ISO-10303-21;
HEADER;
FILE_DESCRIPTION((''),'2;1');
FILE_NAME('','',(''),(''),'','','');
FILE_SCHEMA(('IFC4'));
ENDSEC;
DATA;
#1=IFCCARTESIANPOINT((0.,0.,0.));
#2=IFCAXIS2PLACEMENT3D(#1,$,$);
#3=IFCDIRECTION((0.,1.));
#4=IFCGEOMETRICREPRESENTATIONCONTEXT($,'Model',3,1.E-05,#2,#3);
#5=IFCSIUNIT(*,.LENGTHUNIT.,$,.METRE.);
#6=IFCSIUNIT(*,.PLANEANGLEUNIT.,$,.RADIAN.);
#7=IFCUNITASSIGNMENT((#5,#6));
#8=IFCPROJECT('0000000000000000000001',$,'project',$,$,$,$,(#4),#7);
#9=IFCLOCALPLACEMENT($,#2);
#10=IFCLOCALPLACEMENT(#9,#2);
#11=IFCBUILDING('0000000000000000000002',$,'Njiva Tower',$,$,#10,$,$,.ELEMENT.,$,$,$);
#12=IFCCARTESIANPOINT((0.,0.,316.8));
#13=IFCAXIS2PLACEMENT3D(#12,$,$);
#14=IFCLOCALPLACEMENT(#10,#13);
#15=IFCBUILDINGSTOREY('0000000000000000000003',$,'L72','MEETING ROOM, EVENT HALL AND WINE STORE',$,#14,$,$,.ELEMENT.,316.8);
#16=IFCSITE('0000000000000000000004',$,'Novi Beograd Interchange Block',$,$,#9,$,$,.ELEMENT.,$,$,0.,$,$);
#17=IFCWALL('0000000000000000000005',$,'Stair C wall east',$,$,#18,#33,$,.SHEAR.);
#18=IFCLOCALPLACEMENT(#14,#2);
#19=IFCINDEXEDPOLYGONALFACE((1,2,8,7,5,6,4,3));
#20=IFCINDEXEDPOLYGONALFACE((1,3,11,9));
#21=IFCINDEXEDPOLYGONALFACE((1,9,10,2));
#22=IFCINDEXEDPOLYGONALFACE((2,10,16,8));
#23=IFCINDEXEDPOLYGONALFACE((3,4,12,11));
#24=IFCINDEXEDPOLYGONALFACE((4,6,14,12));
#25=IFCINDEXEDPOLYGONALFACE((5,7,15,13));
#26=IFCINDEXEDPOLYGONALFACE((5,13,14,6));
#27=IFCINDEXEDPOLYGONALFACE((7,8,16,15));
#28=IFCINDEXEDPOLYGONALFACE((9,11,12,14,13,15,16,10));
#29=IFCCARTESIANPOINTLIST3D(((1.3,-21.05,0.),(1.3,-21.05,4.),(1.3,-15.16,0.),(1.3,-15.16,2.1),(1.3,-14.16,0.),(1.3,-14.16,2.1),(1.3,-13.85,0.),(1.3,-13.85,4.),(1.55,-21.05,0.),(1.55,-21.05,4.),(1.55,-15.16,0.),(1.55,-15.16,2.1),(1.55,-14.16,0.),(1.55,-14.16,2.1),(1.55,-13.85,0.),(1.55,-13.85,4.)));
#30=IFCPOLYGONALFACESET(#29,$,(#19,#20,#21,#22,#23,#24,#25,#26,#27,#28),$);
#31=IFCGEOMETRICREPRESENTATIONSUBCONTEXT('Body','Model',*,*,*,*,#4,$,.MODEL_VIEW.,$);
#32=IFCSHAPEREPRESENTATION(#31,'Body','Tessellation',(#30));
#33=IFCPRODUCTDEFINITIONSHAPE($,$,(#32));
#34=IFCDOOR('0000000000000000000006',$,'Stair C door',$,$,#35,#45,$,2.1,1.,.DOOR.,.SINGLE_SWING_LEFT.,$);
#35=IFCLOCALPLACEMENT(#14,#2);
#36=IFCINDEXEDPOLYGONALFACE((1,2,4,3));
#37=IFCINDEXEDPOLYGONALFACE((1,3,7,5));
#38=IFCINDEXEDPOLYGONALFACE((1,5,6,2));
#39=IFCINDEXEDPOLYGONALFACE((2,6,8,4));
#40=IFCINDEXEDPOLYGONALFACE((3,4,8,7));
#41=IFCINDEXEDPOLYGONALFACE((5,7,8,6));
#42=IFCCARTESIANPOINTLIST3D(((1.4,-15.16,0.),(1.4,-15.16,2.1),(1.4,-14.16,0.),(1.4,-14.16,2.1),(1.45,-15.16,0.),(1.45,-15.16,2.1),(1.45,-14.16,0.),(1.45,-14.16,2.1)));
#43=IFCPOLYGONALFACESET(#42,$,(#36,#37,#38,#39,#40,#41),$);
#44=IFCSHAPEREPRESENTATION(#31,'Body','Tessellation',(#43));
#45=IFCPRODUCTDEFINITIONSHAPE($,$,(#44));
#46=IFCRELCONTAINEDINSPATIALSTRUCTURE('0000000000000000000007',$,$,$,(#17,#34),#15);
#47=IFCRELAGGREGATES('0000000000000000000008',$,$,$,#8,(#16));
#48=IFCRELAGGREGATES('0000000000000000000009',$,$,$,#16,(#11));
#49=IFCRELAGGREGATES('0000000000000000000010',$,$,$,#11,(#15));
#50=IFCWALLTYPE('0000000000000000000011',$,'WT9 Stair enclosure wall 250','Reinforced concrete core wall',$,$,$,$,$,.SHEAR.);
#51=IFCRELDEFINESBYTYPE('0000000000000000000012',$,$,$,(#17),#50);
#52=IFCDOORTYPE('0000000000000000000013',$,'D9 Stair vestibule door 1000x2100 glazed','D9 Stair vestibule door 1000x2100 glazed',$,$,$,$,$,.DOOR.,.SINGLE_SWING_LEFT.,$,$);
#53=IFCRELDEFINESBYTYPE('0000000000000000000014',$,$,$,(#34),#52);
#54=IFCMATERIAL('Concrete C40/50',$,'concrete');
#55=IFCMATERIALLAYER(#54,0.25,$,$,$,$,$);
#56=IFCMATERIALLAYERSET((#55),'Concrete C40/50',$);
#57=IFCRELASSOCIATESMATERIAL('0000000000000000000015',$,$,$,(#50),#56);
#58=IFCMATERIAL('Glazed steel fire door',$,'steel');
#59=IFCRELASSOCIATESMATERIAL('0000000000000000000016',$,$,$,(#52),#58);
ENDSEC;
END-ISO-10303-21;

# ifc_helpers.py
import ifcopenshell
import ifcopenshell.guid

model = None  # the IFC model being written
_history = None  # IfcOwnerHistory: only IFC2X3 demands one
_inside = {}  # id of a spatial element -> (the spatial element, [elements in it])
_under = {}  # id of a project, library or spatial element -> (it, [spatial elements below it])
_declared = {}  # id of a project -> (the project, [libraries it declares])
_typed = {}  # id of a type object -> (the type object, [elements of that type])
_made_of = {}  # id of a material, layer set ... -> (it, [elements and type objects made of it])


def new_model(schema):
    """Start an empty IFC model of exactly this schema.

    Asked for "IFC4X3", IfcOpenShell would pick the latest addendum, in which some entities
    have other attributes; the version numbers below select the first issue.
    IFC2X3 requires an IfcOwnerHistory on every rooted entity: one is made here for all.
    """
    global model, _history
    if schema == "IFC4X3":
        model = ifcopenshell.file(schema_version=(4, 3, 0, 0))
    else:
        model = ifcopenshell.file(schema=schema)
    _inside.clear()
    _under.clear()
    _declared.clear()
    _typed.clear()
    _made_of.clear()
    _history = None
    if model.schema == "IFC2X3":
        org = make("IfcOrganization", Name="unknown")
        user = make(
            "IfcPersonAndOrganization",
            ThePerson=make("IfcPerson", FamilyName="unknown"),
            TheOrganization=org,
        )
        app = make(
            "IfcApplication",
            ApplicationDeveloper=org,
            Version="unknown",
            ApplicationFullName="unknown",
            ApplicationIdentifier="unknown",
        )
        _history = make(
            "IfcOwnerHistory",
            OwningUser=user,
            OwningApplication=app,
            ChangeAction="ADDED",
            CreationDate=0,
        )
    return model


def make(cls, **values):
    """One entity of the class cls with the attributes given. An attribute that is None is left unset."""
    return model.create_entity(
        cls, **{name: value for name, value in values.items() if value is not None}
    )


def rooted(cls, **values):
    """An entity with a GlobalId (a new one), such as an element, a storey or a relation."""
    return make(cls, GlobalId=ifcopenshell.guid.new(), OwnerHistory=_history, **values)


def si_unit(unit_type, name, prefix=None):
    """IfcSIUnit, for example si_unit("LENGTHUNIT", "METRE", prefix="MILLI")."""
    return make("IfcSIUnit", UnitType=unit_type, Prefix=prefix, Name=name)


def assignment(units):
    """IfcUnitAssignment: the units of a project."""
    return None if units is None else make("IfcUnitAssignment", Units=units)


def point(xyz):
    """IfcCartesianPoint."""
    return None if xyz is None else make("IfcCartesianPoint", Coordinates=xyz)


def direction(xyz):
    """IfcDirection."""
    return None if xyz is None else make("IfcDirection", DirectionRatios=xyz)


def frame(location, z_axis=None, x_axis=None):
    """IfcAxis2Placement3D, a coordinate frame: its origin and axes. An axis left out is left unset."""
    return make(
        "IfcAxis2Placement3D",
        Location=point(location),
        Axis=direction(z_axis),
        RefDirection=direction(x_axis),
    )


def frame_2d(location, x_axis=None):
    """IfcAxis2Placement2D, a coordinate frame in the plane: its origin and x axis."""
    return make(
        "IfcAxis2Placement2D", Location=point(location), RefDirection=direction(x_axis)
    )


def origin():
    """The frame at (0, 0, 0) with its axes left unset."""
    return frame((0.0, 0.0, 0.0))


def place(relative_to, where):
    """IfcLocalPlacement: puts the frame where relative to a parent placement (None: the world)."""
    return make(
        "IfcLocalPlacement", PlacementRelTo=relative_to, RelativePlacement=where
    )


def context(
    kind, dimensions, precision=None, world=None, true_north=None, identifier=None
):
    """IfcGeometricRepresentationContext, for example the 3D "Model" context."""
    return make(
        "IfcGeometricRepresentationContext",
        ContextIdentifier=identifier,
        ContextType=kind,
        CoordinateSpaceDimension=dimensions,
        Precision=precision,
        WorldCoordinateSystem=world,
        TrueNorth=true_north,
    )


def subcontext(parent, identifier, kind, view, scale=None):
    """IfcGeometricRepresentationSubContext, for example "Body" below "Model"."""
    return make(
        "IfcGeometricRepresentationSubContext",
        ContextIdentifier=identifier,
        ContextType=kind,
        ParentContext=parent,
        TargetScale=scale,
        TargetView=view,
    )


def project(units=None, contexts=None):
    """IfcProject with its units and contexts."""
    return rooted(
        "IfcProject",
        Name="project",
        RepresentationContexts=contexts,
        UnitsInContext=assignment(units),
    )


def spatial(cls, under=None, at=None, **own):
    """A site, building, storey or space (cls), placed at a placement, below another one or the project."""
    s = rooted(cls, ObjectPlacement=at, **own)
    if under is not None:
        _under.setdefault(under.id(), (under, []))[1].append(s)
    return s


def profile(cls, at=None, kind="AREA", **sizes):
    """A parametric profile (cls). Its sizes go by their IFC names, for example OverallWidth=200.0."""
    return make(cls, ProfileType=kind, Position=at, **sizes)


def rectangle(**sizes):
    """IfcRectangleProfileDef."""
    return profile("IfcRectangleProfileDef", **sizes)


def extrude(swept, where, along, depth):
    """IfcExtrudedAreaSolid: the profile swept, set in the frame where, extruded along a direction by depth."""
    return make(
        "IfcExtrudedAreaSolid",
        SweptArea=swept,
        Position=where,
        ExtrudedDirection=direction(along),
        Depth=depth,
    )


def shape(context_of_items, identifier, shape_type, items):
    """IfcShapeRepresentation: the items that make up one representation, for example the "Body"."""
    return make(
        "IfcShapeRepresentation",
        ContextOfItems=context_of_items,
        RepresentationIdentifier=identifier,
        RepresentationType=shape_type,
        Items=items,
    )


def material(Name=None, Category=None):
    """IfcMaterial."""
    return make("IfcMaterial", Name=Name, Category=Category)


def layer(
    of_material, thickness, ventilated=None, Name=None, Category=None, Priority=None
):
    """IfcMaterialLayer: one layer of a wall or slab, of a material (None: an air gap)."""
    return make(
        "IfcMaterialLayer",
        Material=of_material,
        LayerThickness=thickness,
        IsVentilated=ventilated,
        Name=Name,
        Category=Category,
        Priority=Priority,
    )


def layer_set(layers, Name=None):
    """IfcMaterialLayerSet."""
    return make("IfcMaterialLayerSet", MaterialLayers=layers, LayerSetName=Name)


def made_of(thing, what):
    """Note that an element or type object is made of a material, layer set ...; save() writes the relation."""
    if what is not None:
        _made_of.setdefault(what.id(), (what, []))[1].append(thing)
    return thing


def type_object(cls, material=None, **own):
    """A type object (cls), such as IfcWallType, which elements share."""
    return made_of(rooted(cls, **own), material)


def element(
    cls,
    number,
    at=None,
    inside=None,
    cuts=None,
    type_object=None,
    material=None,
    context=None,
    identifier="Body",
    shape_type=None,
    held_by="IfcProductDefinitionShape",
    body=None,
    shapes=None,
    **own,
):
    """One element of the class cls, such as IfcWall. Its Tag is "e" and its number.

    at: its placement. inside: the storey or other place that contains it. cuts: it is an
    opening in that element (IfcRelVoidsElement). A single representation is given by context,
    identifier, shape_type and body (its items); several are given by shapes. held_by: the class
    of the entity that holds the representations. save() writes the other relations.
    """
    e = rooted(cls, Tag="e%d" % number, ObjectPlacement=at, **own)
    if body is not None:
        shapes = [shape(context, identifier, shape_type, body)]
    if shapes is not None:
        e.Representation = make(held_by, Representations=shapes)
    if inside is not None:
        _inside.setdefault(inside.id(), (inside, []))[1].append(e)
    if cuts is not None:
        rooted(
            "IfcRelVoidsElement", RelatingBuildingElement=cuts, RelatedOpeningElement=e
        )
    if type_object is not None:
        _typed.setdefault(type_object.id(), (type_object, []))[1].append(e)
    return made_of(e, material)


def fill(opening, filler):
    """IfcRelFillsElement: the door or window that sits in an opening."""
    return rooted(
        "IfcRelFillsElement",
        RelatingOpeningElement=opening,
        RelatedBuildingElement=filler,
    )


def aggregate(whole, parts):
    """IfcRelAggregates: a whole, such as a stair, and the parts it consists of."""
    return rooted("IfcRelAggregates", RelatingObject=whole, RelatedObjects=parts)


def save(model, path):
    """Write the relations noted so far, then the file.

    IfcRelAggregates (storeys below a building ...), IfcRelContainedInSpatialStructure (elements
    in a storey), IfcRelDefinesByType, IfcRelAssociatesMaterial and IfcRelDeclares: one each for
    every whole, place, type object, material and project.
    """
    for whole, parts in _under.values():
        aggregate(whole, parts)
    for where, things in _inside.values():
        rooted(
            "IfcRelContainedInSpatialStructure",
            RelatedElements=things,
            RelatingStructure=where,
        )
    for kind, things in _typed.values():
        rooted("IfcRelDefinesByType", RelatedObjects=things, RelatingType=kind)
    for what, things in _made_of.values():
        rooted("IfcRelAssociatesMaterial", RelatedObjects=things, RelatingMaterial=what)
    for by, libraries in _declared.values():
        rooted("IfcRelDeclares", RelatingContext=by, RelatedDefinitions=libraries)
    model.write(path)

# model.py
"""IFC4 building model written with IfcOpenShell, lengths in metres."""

from ifc_helpers import new_model, si_unit, direction, frame, frame_2d, origin, place, context, subcontext, project, spatial, rectangle, extrude, material, layer, layer_set, type_object, element, fill, save


model = new_model("IFC4")

# Units and contexts
model_context = context("Model", 3, precision=1e-05, world=origin(), true_north=direction((0.0, 1.0)))
body_context = subcontext(model_context, "Body", "Model", "MODEL_VIEW")
ifc_project = project(units=[si_unit("LENGTHUNIT", "METRE"), si_unit("PLANEANGLEUNIT", "RADIAN")], contexts=[model_context])

# Site, building, storey
site_placement = place(None, origin())
site = spatial("IfcSite", under=ifc_project, at=site_placement, Name="Novi Beograd Interchange Block", CompositionType="ELEMENT", RefElevation=0.0)
building_placement = place(site_placement, origin())
building = spatial("IfcBuilding", under=site, at=building_placement, Name="Njiva Tower", CompositionType="ELEMENT")
storey_placement = place(building_placement, frame((0.0, 0.0, 316.8)))
storey = spatial("IfcBuildingStorey", under=building, at=storey_placement, Name="L72", Description="MEETING ROOM, EVENT HALL AND WINE STORE", CompositionType="ELEMENT", Elevation=316.8)

# Wall, opening, door
ifc_material_1 = material(Name="Concrete C40/50", Category="concrete")
ifc_layer_1 = layer(ifc_material_1, 0.25)
ifc_layer_set_1 = layer_set([ifc_layer_1], Name="Concrete C40/50")
wall_type_1 = type_object("IfcWallType", Name="WT9 Stair enclosure wall 250", Description="Reinforced concrete core wall", PredefinedType="SHEAR", material=ifc_layer_set_1)
wall_1_placement = place(storey_placement, frame((1.425, -21.05, 0.0), z_axis=(0.0, 0.0, 1.0), x_axis=(0.0, 1.0, 0.0)))
wall_1 = element("IfcWall", 1, at=wall_1_placement, inside=storey, type_object=wall_type_1, Name="Stair C wall east", PredefinedType="SHEAR", context=body_context, shape_type="SweptSolid", body=[
    extrude(rectangle(XDim=7.2, YDim=0.25, at=frame_2d((3.6, 0.0))), origin(), (0.0, 0.0, 1.0), 4.0),
])
opening_1_placement = place(wall_1_placement, frame((5.89, 0.0, 0.0)))
opening_1 = element("IfcOpeningElement", 2, at=opening_1_placement, cuts=wall_1, PredefinedType="OPENING", context=body_context, shape_type="SweptSolid", body=[
    extrude(rectangle(XDim=1.0, YDim=2.1, at=frame_2d((0.5, 1.05))), frame((0.0, 0.135, 0.0), z_axis=(0.0, -1.0, 0.0), x_axis=(1.0, 0.0, 0.0)), (0.0, 0.0, 1.0), 0.27),
])
ifc_material_2 = material(Name="Glazed steel fire door", Category="steel")
door_type = type_object("IfcDoorType", Name="D9 Stair vestibule door 1000x2100 glazed", Description="D9 Stair vestibule door 1000x2100 glazed", OperationType="SINGLE_SWING_LEFT", PredefinedType="DOOR", material=ifc_material_2)
door_placement = place(opening_1_placement, origin())
door = element("IfcDoor", 3, at=door_placement, inside=storey, type_object=door_type, Name="Stair C door", OperationType="SINGLE_SWING_LEFT", OverallHeight=2.1, OverallWidth=1.0, PredefinedType="DOOR", context=body_context, shape_type="SweptSolid", body=[
    extrude(rectangle(XDim=1.0, YDim=2.1, at=frame_2d((0.5, 1.05))), frame((0.0, 0.025, 0.0), z_axis=(0.0, -1.0, 0.0), x_axis=(1.0, 0.0, 0.0)), (0.0, 0.0, 1.0), 0.05),
])
fill(opening_1, door)

save(model, "model.ifc")
